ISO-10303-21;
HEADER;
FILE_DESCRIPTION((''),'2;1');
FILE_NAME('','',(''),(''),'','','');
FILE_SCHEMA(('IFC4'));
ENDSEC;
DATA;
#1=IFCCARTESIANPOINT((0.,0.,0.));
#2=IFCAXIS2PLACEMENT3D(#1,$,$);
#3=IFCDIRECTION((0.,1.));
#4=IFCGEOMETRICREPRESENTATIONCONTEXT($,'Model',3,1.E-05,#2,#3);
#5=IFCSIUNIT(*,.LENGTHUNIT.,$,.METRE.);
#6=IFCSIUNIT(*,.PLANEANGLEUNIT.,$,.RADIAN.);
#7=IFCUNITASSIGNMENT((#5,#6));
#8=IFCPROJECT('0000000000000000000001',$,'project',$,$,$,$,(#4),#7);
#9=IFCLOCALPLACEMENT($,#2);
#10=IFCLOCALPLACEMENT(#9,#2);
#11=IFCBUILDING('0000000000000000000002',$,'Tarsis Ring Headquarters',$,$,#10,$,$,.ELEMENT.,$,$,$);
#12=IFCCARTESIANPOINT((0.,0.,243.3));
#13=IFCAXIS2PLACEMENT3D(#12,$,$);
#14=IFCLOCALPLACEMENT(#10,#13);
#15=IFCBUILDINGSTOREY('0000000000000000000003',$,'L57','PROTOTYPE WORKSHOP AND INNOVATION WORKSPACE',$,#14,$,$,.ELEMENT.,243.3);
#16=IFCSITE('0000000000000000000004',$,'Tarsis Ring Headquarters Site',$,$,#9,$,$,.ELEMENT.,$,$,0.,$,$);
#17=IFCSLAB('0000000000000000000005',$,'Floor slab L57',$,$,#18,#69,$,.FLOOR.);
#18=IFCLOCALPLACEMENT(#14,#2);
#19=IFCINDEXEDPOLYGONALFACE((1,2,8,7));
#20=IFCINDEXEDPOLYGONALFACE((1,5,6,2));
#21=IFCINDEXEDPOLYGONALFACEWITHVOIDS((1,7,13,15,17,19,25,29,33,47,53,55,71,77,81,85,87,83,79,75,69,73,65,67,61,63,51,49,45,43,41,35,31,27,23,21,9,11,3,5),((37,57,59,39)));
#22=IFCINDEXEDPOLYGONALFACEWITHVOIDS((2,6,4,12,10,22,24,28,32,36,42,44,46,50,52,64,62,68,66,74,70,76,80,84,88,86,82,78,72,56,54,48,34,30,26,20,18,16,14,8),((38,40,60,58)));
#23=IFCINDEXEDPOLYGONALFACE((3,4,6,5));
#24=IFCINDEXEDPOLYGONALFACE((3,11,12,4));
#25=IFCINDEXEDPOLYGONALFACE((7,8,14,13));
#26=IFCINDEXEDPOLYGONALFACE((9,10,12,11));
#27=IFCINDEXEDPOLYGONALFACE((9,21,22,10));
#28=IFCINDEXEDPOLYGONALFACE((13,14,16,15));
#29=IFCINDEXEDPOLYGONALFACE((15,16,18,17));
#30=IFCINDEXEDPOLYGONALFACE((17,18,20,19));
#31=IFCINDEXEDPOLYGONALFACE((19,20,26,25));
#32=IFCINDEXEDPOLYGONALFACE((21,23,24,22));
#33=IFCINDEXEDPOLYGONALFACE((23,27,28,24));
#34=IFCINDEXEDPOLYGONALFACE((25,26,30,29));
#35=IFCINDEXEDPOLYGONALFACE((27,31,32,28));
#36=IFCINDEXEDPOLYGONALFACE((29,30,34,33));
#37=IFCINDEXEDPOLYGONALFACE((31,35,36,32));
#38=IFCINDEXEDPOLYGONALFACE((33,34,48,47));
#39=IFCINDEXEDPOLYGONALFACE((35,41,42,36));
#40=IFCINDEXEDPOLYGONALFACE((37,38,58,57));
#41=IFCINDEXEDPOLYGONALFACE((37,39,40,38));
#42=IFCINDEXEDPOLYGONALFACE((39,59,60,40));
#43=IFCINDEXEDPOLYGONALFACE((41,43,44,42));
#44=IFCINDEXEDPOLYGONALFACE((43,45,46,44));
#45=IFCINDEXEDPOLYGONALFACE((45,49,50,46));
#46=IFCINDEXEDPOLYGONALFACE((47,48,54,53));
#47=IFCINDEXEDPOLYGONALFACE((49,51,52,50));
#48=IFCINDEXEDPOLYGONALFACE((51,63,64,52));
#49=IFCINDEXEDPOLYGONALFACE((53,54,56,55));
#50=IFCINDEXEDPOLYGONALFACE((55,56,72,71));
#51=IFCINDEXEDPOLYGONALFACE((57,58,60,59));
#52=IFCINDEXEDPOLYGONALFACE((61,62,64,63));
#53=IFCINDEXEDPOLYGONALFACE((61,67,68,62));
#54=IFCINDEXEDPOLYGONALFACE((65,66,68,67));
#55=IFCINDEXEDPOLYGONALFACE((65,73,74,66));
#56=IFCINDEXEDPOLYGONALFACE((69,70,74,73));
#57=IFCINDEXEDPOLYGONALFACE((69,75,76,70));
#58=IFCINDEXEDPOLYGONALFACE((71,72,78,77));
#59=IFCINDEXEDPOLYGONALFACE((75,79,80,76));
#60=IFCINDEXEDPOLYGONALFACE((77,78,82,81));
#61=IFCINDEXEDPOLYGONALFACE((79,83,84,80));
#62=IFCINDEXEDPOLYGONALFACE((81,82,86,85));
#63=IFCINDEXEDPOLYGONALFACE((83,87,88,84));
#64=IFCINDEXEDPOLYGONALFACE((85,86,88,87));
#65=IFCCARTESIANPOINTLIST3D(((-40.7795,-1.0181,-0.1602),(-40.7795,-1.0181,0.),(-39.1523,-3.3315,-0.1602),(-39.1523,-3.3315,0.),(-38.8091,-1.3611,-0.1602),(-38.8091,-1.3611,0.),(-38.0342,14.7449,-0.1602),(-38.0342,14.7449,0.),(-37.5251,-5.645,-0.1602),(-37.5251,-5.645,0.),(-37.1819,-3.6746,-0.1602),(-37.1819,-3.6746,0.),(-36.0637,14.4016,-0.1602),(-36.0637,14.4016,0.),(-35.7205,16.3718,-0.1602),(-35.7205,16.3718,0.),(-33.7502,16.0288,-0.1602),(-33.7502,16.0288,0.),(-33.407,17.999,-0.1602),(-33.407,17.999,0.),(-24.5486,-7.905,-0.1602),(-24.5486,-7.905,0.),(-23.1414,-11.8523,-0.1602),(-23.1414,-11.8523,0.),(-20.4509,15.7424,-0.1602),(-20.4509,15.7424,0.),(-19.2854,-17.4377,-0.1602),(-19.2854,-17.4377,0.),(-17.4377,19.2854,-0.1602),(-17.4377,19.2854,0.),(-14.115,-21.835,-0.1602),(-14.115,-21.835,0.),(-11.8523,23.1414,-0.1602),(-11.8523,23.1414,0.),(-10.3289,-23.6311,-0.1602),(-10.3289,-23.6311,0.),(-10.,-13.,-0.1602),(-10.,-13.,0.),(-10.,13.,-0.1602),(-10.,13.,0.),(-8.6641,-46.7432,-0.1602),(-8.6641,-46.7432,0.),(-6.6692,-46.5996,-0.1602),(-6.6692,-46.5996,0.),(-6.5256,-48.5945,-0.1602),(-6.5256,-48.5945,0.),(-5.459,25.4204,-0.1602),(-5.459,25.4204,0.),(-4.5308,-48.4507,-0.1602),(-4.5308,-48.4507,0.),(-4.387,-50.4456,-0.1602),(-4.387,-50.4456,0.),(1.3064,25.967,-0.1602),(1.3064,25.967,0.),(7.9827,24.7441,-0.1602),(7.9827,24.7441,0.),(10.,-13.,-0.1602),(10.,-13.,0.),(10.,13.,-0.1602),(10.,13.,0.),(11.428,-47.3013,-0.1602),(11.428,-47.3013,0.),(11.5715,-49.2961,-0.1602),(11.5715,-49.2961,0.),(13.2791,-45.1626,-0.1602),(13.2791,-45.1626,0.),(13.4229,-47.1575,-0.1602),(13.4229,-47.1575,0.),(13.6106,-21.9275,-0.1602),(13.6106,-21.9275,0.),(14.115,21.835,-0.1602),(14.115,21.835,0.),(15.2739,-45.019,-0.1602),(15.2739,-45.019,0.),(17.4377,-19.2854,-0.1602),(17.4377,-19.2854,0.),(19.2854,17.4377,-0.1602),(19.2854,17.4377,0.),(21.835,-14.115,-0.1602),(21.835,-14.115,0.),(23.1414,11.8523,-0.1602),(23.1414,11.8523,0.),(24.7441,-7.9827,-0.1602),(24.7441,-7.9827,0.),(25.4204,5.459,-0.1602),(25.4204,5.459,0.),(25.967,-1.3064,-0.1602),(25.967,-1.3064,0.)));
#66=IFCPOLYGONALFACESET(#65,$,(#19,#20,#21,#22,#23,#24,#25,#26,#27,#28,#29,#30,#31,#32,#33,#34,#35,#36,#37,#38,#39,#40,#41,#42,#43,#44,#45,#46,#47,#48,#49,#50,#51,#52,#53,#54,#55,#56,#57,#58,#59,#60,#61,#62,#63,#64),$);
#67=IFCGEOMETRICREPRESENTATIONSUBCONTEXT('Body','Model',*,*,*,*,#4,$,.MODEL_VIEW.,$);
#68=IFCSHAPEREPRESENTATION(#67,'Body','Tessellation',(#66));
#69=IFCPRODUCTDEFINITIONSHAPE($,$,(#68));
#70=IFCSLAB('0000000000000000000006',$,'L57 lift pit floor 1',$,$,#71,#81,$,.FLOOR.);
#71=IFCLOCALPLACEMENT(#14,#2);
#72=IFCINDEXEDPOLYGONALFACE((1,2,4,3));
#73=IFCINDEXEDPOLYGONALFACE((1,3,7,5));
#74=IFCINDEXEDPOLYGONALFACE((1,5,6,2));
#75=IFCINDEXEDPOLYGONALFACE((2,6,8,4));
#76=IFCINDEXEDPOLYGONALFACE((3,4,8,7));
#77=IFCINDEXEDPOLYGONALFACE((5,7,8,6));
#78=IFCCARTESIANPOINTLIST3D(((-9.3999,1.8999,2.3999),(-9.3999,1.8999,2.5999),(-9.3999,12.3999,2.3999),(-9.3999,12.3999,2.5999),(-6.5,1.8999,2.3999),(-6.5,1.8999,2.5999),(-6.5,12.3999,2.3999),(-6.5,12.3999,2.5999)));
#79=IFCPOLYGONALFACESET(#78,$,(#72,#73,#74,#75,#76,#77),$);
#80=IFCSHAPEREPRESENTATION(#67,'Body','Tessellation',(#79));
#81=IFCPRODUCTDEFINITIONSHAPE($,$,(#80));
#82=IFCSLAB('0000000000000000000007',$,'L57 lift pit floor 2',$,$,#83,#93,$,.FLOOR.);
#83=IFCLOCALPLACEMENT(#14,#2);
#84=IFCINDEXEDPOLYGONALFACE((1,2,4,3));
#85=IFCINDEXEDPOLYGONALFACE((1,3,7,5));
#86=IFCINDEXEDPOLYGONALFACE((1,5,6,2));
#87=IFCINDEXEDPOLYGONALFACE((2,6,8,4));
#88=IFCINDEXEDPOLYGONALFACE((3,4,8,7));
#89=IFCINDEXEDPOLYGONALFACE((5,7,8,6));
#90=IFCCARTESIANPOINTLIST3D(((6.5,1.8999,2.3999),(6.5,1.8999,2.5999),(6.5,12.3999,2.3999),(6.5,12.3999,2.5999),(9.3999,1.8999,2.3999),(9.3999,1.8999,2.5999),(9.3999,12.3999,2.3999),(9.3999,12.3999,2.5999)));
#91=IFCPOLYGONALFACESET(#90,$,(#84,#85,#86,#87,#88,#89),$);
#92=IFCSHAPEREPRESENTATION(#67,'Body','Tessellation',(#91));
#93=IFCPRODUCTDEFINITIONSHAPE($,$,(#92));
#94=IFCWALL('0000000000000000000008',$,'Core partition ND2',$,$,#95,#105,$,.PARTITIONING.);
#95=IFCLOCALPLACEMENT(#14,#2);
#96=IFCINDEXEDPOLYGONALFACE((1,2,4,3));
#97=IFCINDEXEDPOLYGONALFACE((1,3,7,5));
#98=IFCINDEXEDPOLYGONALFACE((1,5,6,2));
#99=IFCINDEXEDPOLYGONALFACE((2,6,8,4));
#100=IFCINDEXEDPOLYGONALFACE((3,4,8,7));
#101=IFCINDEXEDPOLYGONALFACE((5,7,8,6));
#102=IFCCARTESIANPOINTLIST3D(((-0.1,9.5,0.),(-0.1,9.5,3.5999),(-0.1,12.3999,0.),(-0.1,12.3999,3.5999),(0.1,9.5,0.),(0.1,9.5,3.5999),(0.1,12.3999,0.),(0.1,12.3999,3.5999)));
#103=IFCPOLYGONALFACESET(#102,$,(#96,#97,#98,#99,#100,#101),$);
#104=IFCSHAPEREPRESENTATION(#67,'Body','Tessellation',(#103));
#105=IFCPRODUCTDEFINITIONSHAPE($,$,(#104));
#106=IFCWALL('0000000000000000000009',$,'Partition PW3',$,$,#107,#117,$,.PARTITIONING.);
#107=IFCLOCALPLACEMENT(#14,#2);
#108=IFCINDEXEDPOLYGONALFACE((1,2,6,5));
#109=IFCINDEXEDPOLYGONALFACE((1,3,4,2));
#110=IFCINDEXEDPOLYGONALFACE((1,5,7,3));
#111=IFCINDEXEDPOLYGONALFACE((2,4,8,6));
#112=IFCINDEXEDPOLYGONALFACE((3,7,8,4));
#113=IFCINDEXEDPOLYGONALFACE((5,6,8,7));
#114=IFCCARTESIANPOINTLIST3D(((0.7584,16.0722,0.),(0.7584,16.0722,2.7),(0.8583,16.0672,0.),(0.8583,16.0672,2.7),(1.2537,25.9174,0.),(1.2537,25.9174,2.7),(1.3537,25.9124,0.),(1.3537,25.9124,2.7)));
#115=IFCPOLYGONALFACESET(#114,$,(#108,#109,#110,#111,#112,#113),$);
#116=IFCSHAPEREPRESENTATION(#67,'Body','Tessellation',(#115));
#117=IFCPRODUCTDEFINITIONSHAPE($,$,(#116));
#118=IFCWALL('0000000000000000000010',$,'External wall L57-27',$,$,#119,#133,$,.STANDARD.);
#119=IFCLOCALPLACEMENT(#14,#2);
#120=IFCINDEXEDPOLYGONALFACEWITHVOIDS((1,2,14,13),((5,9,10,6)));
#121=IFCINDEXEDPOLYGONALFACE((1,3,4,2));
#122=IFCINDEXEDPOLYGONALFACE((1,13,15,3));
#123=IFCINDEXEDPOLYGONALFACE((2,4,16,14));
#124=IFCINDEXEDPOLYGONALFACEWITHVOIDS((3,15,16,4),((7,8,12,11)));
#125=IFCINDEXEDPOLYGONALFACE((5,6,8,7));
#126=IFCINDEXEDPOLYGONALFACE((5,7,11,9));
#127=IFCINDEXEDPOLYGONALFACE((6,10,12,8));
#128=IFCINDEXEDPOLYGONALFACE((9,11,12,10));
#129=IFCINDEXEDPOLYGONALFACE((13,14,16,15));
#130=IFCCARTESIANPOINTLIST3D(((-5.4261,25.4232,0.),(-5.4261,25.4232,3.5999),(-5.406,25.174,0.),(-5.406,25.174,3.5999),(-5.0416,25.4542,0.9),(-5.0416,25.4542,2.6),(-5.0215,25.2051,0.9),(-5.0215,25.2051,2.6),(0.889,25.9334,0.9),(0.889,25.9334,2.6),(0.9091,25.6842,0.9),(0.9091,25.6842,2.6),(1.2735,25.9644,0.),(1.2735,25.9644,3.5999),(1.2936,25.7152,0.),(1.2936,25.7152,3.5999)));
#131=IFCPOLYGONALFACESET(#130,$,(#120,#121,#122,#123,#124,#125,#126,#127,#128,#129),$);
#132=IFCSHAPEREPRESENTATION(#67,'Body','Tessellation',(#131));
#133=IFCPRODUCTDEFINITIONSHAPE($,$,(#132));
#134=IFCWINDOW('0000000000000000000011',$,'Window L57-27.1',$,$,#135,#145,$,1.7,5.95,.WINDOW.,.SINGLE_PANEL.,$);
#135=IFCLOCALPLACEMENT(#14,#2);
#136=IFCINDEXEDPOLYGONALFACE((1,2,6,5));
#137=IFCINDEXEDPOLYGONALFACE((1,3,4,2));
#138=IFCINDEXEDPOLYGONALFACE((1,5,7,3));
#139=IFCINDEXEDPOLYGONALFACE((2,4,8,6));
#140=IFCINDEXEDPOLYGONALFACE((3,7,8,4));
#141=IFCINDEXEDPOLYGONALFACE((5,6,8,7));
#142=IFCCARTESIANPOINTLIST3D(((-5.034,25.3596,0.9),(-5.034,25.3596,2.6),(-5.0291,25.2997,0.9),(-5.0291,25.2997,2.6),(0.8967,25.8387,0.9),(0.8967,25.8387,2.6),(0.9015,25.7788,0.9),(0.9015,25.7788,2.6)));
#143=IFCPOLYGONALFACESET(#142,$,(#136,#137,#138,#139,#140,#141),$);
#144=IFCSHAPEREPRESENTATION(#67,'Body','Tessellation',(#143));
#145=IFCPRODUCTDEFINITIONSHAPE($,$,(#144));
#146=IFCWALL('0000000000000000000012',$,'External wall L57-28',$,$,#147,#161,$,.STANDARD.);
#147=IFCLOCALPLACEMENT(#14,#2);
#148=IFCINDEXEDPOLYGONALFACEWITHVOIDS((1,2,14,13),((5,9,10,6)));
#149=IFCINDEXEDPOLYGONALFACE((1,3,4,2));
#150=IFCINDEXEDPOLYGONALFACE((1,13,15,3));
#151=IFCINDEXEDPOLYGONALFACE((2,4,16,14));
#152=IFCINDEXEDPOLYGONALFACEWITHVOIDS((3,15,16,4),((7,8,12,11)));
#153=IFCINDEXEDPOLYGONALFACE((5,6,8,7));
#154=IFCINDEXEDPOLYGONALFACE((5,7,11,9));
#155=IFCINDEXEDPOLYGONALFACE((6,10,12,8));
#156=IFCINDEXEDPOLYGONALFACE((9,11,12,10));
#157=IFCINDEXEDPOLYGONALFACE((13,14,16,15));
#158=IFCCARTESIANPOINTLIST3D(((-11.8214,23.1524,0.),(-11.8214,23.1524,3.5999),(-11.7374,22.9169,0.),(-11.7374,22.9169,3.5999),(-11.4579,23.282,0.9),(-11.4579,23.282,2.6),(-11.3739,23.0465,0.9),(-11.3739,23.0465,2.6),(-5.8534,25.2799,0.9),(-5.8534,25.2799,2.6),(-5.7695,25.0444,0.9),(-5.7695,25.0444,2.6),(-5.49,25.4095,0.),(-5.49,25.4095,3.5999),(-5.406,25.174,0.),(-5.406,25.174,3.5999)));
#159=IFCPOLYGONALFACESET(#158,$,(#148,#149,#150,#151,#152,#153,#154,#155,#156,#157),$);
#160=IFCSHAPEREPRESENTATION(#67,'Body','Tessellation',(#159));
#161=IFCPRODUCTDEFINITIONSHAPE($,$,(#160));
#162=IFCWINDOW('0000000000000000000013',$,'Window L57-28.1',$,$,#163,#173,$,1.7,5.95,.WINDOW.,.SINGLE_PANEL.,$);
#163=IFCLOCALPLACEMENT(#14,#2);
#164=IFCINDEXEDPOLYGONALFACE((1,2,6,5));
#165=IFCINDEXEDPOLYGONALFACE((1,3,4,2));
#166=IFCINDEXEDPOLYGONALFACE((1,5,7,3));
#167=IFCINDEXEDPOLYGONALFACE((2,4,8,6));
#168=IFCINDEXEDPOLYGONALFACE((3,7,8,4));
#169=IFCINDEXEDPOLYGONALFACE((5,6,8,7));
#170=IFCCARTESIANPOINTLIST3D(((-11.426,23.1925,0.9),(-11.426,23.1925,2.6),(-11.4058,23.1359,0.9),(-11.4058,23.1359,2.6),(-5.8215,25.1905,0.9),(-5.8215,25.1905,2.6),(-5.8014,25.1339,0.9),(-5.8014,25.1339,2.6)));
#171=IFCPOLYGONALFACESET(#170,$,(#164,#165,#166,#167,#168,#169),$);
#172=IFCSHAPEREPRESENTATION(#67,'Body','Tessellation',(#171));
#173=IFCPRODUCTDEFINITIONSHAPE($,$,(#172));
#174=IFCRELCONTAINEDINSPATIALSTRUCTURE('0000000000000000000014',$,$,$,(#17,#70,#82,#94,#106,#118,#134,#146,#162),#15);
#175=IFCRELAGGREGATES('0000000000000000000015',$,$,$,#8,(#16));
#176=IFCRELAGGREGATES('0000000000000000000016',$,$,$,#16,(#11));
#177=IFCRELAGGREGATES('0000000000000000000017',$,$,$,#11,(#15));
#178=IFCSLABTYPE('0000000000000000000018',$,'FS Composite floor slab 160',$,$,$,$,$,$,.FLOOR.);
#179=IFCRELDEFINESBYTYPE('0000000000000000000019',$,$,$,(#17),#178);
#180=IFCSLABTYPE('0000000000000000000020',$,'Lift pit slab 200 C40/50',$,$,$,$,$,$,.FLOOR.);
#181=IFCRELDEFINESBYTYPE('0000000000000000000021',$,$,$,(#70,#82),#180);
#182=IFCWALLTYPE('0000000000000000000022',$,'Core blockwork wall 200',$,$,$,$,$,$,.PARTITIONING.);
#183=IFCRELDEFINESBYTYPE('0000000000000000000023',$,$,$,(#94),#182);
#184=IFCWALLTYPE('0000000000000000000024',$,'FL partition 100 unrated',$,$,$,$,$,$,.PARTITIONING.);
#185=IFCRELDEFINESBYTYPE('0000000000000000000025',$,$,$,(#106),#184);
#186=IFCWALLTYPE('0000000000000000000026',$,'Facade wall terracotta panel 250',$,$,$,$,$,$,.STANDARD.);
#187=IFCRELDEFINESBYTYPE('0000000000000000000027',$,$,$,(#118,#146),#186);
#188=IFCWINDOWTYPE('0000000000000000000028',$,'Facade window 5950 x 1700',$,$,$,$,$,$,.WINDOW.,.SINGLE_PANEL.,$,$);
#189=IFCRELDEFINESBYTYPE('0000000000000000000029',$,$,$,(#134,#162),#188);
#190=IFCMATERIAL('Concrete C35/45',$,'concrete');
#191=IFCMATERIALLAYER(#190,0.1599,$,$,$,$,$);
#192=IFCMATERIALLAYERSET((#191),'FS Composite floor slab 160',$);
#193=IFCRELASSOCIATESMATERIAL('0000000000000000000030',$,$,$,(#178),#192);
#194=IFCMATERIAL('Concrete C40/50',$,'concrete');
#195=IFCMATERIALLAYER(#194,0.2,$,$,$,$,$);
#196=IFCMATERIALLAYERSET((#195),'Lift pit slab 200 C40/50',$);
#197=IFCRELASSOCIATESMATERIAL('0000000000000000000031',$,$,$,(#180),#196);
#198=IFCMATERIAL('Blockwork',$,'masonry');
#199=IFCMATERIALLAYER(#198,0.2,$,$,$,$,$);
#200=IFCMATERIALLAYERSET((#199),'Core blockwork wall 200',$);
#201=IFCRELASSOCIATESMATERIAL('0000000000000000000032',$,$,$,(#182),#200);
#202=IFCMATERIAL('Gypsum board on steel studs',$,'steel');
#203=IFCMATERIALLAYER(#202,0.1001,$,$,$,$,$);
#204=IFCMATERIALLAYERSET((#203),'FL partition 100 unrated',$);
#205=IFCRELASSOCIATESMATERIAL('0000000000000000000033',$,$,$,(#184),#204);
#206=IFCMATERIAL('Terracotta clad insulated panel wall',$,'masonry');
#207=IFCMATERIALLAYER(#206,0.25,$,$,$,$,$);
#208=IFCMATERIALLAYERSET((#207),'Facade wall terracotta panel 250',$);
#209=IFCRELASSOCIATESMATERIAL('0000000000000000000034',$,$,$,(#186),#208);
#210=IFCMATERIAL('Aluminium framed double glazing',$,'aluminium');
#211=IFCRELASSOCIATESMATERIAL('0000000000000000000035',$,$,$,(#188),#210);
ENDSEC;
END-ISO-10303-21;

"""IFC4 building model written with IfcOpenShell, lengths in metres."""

from ifc_helpers import new_model, si_unit, direction, frame, frame_2d, origin, place, context, subcontext, project, spatial, polyline, rectangle, outline, extrude, material, layer, layer_set, type_object, element, fill, save


model = new_model("IFC4")

# Units and contexts
model_context = context("Model", 3, precision=1e-05, world=origin(), true_north=direction((0.0, 1.0)))
body_context = subcontext(model_context, "Body", "Model", "MODEL_VIEW")
ifc_project = project(units=[si_unit("LENGTHUNIT", "METRE"), si_unit("PLANEANGLEUNIT", "RADIAN")], contexts=[model_context])

# Site, building, storey
site_placement = place(None, origin())
site = spatial("IfcSite", under=ifc_project, at=site_placement, Name="Tarsis Ring Headquarters Site", CompositionType="ELEMENT", RefElevation=0.0)
building_placement = place(site_placement, origin())
building = spatial("IfcBuilding", under=site, at=building_placement, Name="Tarsis Ring Headquarters", CompositionType="ELEMENT")
storey_placement = place(building_placement, frame((0.0, 0.0, 243.3)))
storey = spatial("IfcBuildingStorey", under=building, at=storey_placement, Name="L57", Description="PROTOTYPE WORKSHOP AND INNOVATION WORKSPACE", CompositionType="ELEMENT", Elevation=243.3)

# Shared definitions
ifc_material_1 = material(Name="Concrete C40/50", Category="concrete")

# Slabs
ifc_material_2 = material(Name="Concrete C35/45", Category="concrete")
ifc_layer_1 = layer(ifc_material_2, 0.1599)
ifc_layer_set_1 = layer_set([ifc_layer_1], Name="FS Composite floor slab 160")
slab_type_1 = type_object("IfcSlabType", Name="FS Composite floor slab 160", PredefinedType="FLOOR", material=ifc_layer_set_1)
slab_1_placement = place(storey_placement, frame((0.0, 0.0, -0.1602)))
element("IfcSlab", 1, at=slab_1_placement, inside=storey, type_object=slab_type_1, Name="Floor slab L57", PredefinedType="FLOOR", context=body_context, shape_type="SweptSolid", body=[
    extrude(outline(polyline([(-24.5486, -7.905), (-23.1414, -11.8523), (-19.2854, -17.4377), (-14.115, -21.835), (-10.3289, -23.6311), (-8.6641, -46.7432), (-6.6692, -46.5996), (-6.5256, -48.5945), (-4.5308, -48.4507), (-4.387, -50.4456), (11.5715, -49.2961), (11.428, -47.3013), (13.4229, -47.1575), (13.2791, -45.1626), (15.2739, -45.019), (13.6106, -21.9275), (17.4377, -19.2854), (21.835, -14.115), (24.7441, -7.9827), (25.967, -1.3064), (25.4204, 5.459), (23.1414, 11.8523), (19.2854, 17.4377), (14.115, 21.835), (7.9827, 24.7441), (1.3064, 25.967), (-5.459, 25.4204), (-11.8523, 23.1414), (-17.4377, 19.2854), (-20.4509, 15.7424), (-33.407, 17.999), (-33.7502, 16.0288), (-35.7205, 16.3718), (-36.0637, 14.4016), (-38.0342, 14.7449), (-40.7795, -1.0181), (-38.8091, -1.3611), (-39.1523, -3.3315), (-37.1819, -3.6746), (-37.5251, -5.645), (-24.5486, -7.905)]), holes=[polyline([(-10.0, -13.0), (-10.0, 13.0), (10.0, 13.0), (10.0, -13.0), (-10.0, -13.0)])]), origin(), (0.0, 0.0, 1.0), 0.1602),
])
ifc_layer_2 = layer(ifc_material_1, 0.2)
ifc_layer_set_2 = layer_set([ifc_layer_2], Name="Lift pit slab 200 C40/50")
slab_type_2 = type_object("IfcSlabType", Name="Lift pit slab 200 C40/50", PredefinedType="FLOOR", material=ifc_layer_set_2)
slab_2_placement = place(storey_placement, frame((0.0, 0.0, 2.3999)))
element("IfcSlab", 2, at=slab_2_placement, inside=storey, type_object=slab_type_2, Name="L57 lift pit floor 1", PredefinedType="FLOOR", context=body_context, shape_type="SweptSolid", body=[
    extrude(outline(polyline([(-9.3999, 1.8999), (-6.5, 1.8999), (-6.5, 12.3999), (-9.3999, 12.3999), (-9.3999, 1.8999)])), origin(), (0.0, 0.0, 1.0), 0.2),
])
slab_3_placement = place(storey_placement, frame((0.0, 0.0, 2.3999)))
element("IfcSlab", 3, at=slab_3_placement, inside=storey, type_object=slab_type_2, Name="L57 lift pit floor 2", PredefinedType="FLOOR", context=body_context, shape_type="SweptSolid", body=[
    extrude(outline(polyline([(6.5, 1.8999), (9.3999, 1.8999), (9.3999, 12.3999), (6.5, 12.3999), (6.5, 1.8999)])), origin(), (0.0, 0.0, 1.0), 0.2),
])

# Walls
ifc_material_3 = material(Name="Blockwork", Category="masonry")
ifc_layer_3 = layer(ifc_material_3, 0.2)
ifc_layer_set_3 = layer_set([ifc_layer_3], Name="Core blockwork wall 200")
wall_type_1 = type_object("IfcWallType", Name="Core blockwork wall 200", PredefinedType="PARTITIONING", material=ifc_layer_set_3)
wall_1_placement = place(storey_placement, frame((0.0, 9.5, 0.0), z_axis=(0.0, 0.0, 1.0), x_axis=(0.0, 1.0, 0.0)))
element("IfcWall", 4, at=wall_1_placement, inside=storey, type_object=wall_type_1, Name="Core partition ND2", PredefinedType="PARTITIONING", context=body_context, shape_type="SweptSolid", body=[
    extrude(rectangle(XDim=2.8999, YDim=0.2, at=frame_2d((1.45, 0.0))), origin(), (0.0, 0.0, 1.0), 3.5999),
])
ifc_material_4 = material(Name="Gypsum board on steel studs", Category="steel")
ifc_layer_4 = layer(ifc_material_4, 0.1001)
ifc_layer_set_4 = layer_set([ifc_layer_4], Name="FL partition 100 unrated")
wall_type_2 = type_object("IfcWallType", Name="FL partition 100 unrated", PredefinedType="PARTITIONING", material=ifc_layer_set_4)
wall_2_placement = place(storey_placement, frame((0.8083, 16.0698, 0.0), z_axis=(0.0, 0.0, 1.0), x_axis=(0.050251, 0.998737, 0.0)))
element("IfcWall", 5, at=wall_2_placement, inside=storey, type_object=wall_type_2, Name="Partition PW3", PredefinedType="PARTITIONING", context=body_context, shape_type="SweptSolid", body=[
    extrude(rectangle(XDim=9.8577, YDim=0.1001, at=frame_2d((4.9287, 0.0))), origin(), (0.0, 0.0, 1.0), 2.7),
])

# Walls, openings, windows
ifc_material_5 = material(Name="Terracotta clad insulated panel wall", Category="masonry")
ifc_layer_5 = layer(ifc_material_5, 0.25)
ifc_layer_set_5 = layer_set([ifc_layer_5], Name="Facade wall terracotta panel 250")
wall_type_3 = type_object("IfcWallType", Name="Facade wall terracotta panel 250", PredefinedType="STANDARD", material=ifc_layer_set_5)
wall_3_placement = place(storey_placement, frame((1.2837, 25.8398, 0.0), z_axis=(0.0, 0.0, 1.0), x_axis=(-0.996752, -0.080526, 0.0)))
wall_3 = element("IfcWall", 6, at=wall_3_placement, inside=storey, type_object=wall_type_3, Name="External wall L57-27", PredefinedType="STANDARD", context=body_context, shape_type="SweptSolid", body=[
    extrude(rectangle(XDim=6.7214, YDim=0.25, at=frame_2d((3.3608, 0.0))), origin(), (0.0, 0.0, 1.0), 3.5999),
])
opening_1_placement = place(wall_3_placement, frame((0.3857, 0.0, 0.8999)))
opening_1 = element("IfcOpeningElement", 7, at=opening_1_placement, cuts=wall_3, PredefinedType="OPENING", context=body_context, shape_type="SweptSolid", body=[
    extrude(rectangle(XDim=5.95, YDim=1.7, at=frame_2d((2.9751, 0.8501))), frame((0.0, 0.135, 0.0), z_axis=(0.0, -1.0, 0.0), x_axis=(1.0, 0.0, 0.0)), (0.0, 0.0, 1.0), 0.27),
])
ifc_material_6 = material(Name="Aluminium framed double glazing", Category="aluminium")
window_type = type_object("IfcWindowType", Name="Facade window 5950 x 1700", PartitioningType="SINGLE_PANEL", PredefinedType="WINDOW", material=ifc_material_6)
window_1_placement = place(opening_1_placement, origin())
window_1 = element("IfcWindow", 8, at=window_1_placement, inside=storey, type_object=window_type, Name="Window L57-27.1", OverallHeight=1.7, OverallWidth=5.95, PartitioningType="SINGLE_PANEL", PredefinedType="WINDOW", context=body_context, shape_type="SweptSolid", body=[
    extrude(rectangle(XDim=5.95, YDim=1.7, at=frame_2d((2.9751, 0.8501))), frame((0.0, 0.03, 0.0), z_axis=(0.0, -1.0, 0.0), x_axis=(1.0, 0.0, 0.0)), (0.0, 0.0, 1.0), 0.0601),
])
fill(opening_1, window_1)
wall_4_placement = place(storey_placement, frame((-5.448, 25.2917, 0.0), z_axis=(0.0, 0.0, 1.0), x_axis=(-0.941935, -0.335796, 0.0)))
wall_4 = element("IfcWall", 9, at=wall_4_placement, inside=storey, type_object=wall_type_3, Name="External wall L57-28", PredefinedType="STANDARD", context=body_context, shape_type="SweptSolid", body=[
    extrude(rectangle(XDim=6.7217, YDim=0.25, at=frame_2d((3.3608, 0.0))), origin(), (0.0, 0.0, 1.0), 3.5999),
])
opening_2_placement = place(wall_4_placement, frame((0.3857, 0.0, 0.8999)))
opening_2 = element("IfcOpeningElement", 10, at=opening_2_placement, cuts=wall_4, PredefinedType="OPENING", context=body_context, shape_type="SweptSolid", body=[
    extrude(rectangle(XDim=5.95, YDim=1.7, at=frame_2d((2.9751, 0.8501))), frame((0.0, 0.135, 0.0), z_axis=(0.0, -1.0, 0.0), x_axis=(1.0, 0.0, 0.0)), (0.0, 0.0, 1.0), 0.27),
])
window_2_placement = place(opening_2_placement, origin())
window_2 = element("IfcWindow", 11, at=window_2_placement, inside=storey, type_object=window_type, Name="Window L57-28.1", OverallHeight=1.7, OverallWidth=5.95, PartitioningType="SINGLE_PANEL", PredefinedType="WINDOW", context=body_context, shape_type="SweptSolid", body=[
    extrude(rectangle(XDim=5.95, YDim=1.7, at=frame_2d((2.9751, 0.8501))), frame((0.0, 0.03, 0.0), z_axis=(0.0, -1.0, 0.0), x_axis=(1.0, 0.0, 0.0)), (0.0, 0.0, 1.0), 0.0601),
])
fill(opening_2, window_2)

save(model, "model.ifc")
